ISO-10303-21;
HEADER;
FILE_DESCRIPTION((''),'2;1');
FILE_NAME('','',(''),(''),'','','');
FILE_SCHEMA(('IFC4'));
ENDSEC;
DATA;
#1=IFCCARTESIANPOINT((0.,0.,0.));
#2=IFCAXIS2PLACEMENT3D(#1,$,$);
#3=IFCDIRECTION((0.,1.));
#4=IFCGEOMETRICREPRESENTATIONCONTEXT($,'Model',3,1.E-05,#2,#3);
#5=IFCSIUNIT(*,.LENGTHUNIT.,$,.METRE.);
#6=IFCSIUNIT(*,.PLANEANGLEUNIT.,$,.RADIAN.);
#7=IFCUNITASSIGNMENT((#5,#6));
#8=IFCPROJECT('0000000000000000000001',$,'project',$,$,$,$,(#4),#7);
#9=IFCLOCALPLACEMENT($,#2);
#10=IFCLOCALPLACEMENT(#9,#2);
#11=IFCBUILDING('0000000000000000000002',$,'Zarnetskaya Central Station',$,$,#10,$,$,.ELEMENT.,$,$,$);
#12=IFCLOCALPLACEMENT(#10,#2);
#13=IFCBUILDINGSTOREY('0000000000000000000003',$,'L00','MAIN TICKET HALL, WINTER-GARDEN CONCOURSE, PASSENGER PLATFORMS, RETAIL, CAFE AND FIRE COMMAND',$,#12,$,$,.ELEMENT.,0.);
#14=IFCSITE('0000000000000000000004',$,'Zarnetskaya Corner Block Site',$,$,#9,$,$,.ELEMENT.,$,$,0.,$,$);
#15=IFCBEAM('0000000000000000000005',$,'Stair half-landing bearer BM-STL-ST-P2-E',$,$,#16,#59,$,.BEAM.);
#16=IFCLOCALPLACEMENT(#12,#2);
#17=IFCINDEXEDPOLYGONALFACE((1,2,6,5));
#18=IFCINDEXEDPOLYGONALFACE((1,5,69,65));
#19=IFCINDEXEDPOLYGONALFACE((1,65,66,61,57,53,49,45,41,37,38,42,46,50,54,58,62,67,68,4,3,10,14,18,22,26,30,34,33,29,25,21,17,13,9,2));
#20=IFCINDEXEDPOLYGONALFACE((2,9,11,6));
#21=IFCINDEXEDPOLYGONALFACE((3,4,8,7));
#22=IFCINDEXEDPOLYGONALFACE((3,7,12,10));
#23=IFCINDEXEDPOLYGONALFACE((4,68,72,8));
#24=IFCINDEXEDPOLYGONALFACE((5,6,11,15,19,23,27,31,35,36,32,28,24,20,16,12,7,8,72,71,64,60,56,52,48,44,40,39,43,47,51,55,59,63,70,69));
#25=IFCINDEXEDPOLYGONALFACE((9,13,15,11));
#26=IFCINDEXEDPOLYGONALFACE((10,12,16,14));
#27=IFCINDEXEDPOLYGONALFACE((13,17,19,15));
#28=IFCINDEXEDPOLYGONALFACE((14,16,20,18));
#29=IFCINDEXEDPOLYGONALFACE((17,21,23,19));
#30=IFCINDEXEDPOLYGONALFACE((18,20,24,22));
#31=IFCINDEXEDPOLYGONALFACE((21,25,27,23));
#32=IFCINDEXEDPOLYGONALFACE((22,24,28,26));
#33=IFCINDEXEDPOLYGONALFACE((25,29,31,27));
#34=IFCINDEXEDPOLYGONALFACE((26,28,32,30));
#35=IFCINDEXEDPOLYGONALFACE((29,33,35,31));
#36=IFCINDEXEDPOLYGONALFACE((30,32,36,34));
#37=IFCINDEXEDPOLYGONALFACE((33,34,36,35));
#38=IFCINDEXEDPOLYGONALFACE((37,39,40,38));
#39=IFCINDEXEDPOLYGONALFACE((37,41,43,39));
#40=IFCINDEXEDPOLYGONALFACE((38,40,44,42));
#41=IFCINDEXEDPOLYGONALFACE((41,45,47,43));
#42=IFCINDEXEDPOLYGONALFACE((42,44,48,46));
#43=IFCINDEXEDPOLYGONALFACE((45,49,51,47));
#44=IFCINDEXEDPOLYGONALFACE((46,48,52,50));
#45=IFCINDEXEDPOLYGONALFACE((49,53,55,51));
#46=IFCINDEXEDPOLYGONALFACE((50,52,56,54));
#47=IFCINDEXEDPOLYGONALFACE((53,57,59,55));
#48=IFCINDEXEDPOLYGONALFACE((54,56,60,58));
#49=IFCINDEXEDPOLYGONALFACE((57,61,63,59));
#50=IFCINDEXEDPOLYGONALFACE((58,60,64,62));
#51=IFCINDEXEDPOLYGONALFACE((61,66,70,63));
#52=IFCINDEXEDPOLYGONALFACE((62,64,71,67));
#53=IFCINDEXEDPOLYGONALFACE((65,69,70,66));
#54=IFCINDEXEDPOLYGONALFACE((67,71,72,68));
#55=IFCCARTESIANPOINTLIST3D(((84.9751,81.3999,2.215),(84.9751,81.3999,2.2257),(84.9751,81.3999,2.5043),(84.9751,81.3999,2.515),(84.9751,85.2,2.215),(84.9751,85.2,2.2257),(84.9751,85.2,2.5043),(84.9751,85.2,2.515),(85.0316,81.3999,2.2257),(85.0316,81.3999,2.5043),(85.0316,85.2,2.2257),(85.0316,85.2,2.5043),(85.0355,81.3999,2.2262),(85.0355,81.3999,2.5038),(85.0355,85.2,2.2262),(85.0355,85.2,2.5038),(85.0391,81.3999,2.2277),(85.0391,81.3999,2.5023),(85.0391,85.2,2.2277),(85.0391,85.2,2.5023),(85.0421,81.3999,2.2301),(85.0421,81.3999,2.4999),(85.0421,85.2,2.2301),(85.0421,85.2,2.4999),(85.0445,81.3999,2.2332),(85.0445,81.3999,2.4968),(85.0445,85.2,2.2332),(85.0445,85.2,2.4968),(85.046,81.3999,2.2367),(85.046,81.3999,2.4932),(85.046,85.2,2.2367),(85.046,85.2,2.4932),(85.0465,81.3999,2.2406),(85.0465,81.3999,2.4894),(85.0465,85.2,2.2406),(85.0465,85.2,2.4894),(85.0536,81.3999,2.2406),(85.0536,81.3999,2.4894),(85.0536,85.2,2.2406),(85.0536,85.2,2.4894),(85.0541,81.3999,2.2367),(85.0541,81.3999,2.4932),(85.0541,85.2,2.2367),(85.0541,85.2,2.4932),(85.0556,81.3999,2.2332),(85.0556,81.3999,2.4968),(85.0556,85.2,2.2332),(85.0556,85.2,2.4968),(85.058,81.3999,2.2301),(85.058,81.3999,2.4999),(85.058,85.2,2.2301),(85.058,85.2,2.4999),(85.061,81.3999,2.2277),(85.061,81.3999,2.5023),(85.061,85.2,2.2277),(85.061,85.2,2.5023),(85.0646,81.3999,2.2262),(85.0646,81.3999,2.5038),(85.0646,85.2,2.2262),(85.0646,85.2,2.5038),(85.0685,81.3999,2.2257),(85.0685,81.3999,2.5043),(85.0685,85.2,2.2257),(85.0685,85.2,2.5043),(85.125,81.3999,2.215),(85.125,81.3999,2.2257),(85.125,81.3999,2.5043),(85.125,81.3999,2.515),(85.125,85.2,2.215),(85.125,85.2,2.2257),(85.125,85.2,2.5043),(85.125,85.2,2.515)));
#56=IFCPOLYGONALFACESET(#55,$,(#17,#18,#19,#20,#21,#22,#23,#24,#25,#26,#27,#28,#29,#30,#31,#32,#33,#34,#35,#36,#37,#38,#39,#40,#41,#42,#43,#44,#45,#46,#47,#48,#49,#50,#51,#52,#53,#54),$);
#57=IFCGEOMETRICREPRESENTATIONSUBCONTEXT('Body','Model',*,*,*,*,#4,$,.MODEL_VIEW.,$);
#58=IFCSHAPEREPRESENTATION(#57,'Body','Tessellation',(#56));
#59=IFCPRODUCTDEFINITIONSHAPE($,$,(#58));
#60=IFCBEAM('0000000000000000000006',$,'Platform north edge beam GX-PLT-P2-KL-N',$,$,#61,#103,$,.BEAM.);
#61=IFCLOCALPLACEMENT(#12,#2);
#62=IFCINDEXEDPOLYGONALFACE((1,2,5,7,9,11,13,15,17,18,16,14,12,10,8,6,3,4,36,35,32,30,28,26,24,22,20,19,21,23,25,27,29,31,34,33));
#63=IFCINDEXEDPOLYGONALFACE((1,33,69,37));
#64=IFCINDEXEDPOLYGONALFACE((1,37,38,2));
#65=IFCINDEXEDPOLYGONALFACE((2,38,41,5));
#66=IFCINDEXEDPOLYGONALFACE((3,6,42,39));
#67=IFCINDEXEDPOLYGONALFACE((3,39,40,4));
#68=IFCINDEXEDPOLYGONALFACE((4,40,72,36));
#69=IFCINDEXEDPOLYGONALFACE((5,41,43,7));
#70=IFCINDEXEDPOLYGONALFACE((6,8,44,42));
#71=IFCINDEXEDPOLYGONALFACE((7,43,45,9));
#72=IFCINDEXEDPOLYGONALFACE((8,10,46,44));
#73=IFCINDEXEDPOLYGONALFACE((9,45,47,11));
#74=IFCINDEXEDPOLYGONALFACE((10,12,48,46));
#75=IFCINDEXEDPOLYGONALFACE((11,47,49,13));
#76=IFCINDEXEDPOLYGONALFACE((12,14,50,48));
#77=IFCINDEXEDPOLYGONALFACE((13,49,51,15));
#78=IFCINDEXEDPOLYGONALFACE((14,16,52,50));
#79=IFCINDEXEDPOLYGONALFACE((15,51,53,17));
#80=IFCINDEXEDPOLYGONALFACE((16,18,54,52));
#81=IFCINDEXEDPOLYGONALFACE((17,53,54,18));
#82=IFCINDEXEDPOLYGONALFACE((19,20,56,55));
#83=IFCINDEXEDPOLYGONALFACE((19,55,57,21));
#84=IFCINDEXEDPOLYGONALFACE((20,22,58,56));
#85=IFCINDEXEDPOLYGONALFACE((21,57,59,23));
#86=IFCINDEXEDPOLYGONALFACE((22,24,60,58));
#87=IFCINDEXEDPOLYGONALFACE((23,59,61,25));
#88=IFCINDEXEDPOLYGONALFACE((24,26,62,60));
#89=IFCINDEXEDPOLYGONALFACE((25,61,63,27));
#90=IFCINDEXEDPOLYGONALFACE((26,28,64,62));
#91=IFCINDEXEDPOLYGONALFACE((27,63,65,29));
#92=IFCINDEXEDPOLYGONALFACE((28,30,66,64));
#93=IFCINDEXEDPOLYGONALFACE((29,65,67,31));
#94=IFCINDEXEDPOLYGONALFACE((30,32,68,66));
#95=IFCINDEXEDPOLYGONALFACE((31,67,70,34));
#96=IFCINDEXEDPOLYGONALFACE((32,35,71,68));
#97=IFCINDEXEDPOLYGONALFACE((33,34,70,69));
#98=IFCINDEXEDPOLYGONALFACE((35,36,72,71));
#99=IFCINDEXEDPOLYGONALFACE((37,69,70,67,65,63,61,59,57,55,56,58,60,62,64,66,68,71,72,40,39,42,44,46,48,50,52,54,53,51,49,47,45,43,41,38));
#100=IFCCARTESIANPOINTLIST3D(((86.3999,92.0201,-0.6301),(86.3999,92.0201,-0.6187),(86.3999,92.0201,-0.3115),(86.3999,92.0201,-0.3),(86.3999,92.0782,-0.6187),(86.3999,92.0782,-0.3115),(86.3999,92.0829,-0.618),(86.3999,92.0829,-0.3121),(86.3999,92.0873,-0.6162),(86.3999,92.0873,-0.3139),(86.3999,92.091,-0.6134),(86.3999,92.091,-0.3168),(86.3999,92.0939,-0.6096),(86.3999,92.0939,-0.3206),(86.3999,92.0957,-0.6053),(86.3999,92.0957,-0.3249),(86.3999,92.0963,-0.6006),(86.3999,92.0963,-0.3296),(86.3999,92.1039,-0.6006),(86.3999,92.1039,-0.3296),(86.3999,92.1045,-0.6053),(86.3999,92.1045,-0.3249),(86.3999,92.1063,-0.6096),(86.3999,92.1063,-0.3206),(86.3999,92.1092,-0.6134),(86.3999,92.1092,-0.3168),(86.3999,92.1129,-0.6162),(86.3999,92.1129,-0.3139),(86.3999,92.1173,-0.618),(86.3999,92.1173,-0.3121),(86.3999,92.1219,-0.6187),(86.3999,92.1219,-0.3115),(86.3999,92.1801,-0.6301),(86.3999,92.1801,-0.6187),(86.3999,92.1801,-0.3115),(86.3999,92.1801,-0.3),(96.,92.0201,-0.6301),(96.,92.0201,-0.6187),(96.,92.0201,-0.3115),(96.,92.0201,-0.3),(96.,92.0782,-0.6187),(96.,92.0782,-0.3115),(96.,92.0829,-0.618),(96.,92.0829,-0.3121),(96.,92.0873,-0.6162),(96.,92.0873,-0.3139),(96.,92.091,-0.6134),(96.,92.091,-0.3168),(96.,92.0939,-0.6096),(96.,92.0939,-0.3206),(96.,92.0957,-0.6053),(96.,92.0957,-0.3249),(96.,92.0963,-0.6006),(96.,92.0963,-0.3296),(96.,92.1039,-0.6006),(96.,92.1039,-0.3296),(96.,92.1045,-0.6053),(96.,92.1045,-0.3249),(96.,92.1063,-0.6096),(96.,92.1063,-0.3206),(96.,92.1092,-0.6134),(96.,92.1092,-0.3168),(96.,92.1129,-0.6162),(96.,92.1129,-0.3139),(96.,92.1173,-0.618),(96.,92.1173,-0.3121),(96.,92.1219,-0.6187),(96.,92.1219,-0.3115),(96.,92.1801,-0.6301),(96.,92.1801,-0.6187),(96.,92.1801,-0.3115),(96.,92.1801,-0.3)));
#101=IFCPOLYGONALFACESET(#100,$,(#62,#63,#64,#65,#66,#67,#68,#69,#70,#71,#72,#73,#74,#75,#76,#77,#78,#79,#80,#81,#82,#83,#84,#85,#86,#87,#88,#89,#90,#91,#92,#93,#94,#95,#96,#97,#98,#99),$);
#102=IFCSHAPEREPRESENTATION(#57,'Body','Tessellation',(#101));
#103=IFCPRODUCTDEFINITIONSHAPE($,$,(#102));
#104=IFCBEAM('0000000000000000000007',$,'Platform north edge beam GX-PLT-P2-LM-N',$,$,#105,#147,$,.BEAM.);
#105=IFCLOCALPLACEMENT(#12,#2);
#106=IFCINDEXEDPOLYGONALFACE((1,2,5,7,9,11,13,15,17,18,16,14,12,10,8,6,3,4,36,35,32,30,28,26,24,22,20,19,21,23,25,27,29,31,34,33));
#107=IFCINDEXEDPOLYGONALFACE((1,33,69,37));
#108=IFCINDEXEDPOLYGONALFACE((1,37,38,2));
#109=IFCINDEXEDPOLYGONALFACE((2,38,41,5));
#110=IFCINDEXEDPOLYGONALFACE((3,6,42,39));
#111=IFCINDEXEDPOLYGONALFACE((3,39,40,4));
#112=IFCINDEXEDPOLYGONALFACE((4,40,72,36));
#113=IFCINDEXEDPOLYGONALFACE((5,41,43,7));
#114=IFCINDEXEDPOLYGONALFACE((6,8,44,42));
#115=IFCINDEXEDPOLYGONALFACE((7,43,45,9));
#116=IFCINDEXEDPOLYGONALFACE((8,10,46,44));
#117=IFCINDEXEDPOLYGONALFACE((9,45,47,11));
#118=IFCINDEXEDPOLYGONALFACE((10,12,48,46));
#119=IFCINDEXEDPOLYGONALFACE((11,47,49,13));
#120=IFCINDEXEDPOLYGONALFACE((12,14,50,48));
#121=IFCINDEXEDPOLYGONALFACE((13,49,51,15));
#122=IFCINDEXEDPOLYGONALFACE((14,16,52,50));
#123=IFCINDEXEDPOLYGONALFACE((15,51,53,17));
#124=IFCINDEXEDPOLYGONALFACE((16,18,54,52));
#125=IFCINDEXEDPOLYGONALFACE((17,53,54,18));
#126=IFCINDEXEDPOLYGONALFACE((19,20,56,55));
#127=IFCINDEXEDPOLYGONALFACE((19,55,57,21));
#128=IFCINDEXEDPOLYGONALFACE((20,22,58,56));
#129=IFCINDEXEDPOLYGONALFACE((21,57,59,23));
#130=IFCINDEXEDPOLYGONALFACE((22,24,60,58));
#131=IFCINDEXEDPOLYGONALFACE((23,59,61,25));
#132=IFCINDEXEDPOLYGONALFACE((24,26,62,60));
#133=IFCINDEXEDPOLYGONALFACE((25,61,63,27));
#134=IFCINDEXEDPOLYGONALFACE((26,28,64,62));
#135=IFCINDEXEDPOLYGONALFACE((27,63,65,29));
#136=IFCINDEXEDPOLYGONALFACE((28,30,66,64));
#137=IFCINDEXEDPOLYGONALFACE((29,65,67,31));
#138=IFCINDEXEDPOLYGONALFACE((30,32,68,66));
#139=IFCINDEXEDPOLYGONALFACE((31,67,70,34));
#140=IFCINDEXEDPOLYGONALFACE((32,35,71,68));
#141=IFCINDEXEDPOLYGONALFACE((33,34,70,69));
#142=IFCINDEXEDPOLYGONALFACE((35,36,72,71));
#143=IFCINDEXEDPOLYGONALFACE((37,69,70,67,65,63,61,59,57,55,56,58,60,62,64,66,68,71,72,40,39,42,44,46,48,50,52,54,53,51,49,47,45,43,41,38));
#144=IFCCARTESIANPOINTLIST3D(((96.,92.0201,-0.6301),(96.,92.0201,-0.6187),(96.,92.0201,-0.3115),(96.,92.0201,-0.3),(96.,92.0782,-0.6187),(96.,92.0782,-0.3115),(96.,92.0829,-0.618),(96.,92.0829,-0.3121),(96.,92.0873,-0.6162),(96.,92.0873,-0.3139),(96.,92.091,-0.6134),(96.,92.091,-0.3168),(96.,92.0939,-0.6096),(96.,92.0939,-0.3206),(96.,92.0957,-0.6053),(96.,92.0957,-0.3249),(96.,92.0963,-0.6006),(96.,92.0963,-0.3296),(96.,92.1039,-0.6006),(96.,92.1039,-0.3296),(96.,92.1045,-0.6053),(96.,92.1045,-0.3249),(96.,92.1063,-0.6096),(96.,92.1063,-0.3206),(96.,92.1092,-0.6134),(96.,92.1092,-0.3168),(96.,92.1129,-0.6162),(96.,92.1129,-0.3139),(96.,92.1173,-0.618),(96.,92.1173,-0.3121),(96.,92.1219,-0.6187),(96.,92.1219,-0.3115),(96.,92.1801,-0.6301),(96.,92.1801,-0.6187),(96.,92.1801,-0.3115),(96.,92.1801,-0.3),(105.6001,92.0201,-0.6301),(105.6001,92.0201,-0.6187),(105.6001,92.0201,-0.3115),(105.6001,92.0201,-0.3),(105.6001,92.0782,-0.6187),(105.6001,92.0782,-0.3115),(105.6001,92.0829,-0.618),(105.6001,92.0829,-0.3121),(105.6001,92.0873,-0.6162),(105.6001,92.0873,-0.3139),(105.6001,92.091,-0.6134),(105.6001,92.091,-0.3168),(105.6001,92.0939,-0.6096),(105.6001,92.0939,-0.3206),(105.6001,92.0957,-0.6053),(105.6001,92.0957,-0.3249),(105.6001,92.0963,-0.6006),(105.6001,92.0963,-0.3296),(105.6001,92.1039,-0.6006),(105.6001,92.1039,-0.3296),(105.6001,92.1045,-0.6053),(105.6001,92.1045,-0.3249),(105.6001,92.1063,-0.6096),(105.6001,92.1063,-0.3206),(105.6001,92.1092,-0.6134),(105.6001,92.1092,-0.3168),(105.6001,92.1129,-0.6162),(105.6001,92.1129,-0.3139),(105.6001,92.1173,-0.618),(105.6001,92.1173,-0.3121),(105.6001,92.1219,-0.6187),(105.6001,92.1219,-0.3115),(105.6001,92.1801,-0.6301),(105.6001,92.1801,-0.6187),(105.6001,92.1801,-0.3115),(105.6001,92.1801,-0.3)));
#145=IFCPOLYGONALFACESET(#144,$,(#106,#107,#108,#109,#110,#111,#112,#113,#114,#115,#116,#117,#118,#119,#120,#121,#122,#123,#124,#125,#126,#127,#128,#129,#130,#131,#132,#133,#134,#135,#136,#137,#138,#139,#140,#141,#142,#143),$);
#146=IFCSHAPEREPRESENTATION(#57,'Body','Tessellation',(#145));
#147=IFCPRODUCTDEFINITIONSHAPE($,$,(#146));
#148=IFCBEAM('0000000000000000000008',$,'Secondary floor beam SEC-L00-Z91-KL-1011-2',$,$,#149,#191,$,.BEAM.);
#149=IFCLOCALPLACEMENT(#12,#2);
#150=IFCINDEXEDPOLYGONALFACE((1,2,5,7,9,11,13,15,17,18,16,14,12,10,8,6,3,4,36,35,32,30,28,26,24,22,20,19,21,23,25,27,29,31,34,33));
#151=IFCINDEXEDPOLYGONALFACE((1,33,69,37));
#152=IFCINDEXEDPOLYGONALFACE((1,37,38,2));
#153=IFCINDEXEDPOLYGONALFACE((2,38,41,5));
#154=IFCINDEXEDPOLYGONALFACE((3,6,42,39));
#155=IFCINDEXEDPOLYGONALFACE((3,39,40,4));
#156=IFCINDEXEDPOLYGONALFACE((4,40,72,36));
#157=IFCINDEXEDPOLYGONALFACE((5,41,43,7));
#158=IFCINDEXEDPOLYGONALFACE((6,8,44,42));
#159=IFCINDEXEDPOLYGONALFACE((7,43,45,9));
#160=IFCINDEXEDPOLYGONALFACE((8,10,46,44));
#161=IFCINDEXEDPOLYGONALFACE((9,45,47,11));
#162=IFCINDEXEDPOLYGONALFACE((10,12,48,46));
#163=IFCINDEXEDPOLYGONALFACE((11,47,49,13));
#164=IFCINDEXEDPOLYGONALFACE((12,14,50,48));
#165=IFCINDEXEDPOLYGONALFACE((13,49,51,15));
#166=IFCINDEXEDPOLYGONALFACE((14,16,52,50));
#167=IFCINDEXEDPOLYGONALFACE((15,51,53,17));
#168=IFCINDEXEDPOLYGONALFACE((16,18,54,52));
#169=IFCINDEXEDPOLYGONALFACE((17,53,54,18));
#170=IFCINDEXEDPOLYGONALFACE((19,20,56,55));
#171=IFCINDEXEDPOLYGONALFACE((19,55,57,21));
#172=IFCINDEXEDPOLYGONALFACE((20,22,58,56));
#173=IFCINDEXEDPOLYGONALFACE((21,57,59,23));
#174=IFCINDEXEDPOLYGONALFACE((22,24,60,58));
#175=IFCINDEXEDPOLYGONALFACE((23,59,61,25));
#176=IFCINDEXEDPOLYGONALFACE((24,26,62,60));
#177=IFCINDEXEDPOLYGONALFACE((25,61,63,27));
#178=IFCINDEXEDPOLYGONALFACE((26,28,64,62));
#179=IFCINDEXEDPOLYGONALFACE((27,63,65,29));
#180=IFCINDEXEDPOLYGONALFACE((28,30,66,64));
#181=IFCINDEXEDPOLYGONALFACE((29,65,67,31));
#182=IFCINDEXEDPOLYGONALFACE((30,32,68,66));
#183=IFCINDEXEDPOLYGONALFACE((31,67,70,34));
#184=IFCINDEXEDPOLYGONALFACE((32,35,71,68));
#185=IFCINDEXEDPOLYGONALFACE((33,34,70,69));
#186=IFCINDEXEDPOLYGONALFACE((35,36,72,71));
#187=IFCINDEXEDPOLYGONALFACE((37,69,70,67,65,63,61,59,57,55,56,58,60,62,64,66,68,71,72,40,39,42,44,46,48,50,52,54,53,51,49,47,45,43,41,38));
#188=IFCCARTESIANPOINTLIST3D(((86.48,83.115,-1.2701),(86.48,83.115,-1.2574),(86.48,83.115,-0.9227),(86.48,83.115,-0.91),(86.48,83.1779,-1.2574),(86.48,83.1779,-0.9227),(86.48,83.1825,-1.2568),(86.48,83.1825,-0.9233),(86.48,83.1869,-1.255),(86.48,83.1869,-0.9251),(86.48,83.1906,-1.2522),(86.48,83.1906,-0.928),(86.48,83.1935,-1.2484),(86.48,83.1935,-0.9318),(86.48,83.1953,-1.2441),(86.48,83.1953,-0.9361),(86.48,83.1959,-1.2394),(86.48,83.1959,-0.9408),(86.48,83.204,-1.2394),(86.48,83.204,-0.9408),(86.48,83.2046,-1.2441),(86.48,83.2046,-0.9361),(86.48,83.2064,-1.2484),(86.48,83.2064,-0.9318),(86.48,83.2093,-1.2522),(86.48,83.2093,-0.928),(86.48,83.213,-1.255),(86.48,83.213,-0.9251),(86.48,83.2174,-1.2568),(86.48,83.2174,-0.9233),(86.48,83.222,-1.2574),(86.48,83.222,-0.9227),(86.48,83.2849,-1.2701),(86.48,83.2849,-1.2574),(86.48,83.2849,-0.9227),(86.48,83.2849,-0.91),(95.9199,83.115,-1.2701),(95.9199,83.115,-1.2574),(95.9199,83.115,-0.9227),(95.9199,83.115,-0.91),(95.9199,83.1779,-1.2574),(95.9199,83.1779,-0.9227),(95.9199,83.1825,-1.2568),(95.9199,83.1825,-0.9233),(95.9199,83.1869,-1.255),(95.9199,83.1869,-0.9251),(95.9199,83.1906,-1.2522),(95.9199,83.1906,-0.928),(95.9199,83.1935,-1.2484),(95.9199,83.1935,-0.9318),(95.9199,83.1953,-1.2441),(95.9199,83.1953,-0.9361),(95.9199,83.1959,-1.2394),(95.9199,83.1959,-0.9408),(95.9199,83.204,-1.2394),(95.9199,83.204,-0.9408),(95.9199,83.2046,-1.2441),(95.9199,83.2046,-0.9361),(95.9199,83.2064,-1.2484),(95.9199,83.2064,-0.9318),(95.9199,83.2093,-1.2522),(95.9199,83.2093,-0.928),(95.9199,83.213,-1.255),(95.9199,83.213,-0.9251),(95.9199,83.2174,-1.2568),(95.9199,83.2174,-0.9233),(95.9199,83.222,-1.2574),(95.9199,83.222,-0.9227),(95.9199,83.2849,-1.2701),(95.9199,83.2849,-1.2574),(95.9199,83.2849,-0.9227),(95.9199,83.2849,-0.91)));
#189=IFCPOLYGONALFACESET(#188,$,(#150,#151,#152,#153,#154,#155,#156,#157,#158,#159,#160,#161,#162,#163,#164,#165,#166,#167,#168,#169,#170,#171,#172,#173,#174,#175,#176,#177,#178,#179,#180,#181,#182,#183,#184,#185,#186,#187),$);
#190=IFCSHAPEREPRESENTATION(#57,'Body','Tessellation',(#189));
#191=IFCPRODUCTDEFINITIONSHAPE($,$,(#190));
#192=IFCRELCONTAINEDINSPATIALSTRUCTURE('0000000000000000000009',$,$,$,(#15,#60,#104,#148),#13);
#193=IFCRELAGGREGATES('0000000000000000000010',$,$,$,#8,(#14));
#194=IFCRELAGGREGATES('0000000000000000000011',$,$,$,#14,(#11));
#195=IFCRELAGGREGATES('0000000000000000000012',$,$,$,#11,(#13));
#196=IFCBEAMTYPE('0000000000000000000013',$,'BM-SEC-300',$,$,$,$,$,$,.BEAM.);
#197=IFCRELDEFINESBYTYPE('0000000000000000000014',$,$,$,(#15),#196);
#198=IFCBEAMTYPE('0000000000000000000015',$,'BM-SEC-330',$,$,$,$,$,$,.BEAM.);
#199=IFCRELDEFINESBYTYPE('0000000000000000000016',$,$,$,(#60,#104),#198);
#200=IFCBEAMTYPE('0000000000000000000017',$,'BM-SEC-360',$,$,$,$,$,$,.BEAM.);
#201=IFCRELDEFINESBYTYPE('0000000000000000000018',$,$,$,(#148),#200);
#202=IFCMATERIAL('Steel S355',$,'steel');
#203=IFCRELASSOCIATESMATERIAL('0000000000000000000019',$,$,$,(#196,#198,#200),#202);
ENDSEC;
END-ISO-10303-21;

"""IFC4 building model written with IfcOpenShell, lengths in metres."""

from ifc_helpers import new_model, si_unit, direction, frame, origin, origin_2d, place, context, subcontext, project, spatial, i_section, extrude, material, material_profile, profile_set, type_object, element, save


model = new_model("IFC4")

# Units and contexts
model_context = context("Model", 3, precision=1e-05, world=origin(), true_north=direction((0.0, 1.0)))
body_context = subcontext(model_context, "Body", "Model", "MODEL_VIEW")
ifc_project = project(units=[si_unit("LENGTHUNIT", "METRE"), si_unit("PLANEANGLEUNIT", "RADIAN")], contexts=[model_context])

# Site, building, storey
site_placement = place(None, origin())
site = spatial("IfcSite", under=ifc_project, at=site_placement, Name="Zarnetskaya Corner Block Site", CompositionType="ELEMENT", RefElevation=0.0)
building_placement = place(site_placement, origin())
building = spatial("IfcBuilding", under=site, at=building_placement, Name="Zarnetskaya Central Station", CompositionType="ELEMENT")
storey_placement = place(building_placement, origin())
storey = spatial("IfcBuildingStorey", under=building, at=storey_placement, Name="L00", Description="MAIN TICKET HALL, WINTER-GARDEN CONCOURSE, PASSENGER PLATFORMS, RETAIL, CAFE AND FIRE COMMAND", CompositionType="ELEMENT", Elevation=0.0)

# Shared definitions
ifc_material_1 = material(Name="Steel S355", Category="steel")

# Beams
ifc_material_profile_1 = material_profile(ifc_material_1, i_section(OverallWidth=0.1499, OverallDepth=0.3, WebThickness=0.0071, FlangeThickness=0.0107, FilletRadius=0.0149, at=origin_2d()), Name="IPE 300")
ifc_profile_set_1 = profile_set([ifc_material_profile_1], Name="Steel S355")
beam_type_1 = type_object("IfcBeamType", Name="BM-SEC-300", PredefinedType="BEAM", material=ifc_profile_set_1)
beam_placement = place(storey_placement, frame((85.05, 81.3999, 2.365), z_axis=(0.0, 1.0, 0.0), x_axis=(-1.0, 0.0, 0.0)))
element("IfcBeam", 1, at=beam_placement, inside=storey, type_object=beam_type_1, Name="Stair half-landing bearer BM-STL-ST-P2-E", PredefinedType="BEAM", context=body_context, shape_type="SweptSolid", body=[
    extrude(i_section(OverallWidth=0.1499, OverallDepth=0.3, WebThickness=0.0071, FlangeThickness=0.0107, FilletRadius=0.0149, at=origin_2d()), origin(), (0.0, 0.0, 1.0), 3.8),
])
ifc_material_profile_2 = material_profile(ifc_material_1, i_section(OverallWidth=0.1599, OverallDepth=0.3301, WebThickness=0.0076, FlangeThickness=0.0115, FilletRadius=0.0181, at=origin_2d()), Name="IPE 330")
ifc_profile_set_2 = profile_set([ifc_material_profile_2], Name="Steel S355")
beam_type_2 = type_object("IfcBeamType", Name="BM-SEC-330", PredefinedType="BEAM", material=ifc_profile_set_2)
for number, where, z_axis, x_axis, name in (
    (2, (86.3999, 92.1001, -0.4651), (1.0, 0.0, 0.0), (0.0, 1.0, 0.0), "Platform north edge beam GX-PLT-P2-KL-N"),
    (3, (96.0, 92.1001, -0.4651), (1.0, 0.0, 0.0), (0.0, 1.0, 0.0), "Platform north edge beam GX-PLT-P2-LM-N"),
):
    element("IfcBeam", number, at=place(storey_placement, frame(where, z_axis=z_axis, x_axis=x_axis)), inside=storey, type_object=beam_type_2, Name=name, PredefinedType="BEAM", context=body_context, shape_type="SweptSolid", body=[
        extrude(i_section(OverallWidth=0.1599, OverallDepth=0.3301, WebThickness=0.0076, FlangeThickness=0.0115, FilletRadius=0.0181, at=origin_2d()), origin(), (0.0, 0.0, 1.0), 9.6001),
    ])
ifc_material_profile_3 = material_profile(ifc_material_1, i_section(OverallWidth=0.1699, OverallDepth=0.3601, WebThickness=0.0081, FlangeThickness=0.0127, FilletRadius=0.0181, at=origin_2d()), Name="IPE 360")
ifc_profile_set_3 = profile_set([ifc_material_profile_3], Name="Steel S355")
beam_type_3 = type_object("IfcBeamType", Name="BM-SEC-360", PredefinedType="BEAM", material=ifc_profile_set_3)
for number, where, z_axis, x_axis, name in (
    (4, (86.48, 83.2, -1.0901), (1.0, 0.0, 0.0), (0.0, 1.0, 0.0), "Secondary floor beam SEC-L00-Z91-KL-1011-2"),
):
    element("IfcBeam", number, at=place(storey_placement, frame(where, z_axis=z_axis, x_axis=x_axis)), inside=storey, type_object=beam_type_3, Name=name, PredefinedType="BEAM", context=body_context, shape_type="SweptSolid", body=[
        extrude(i_section(OverallWidth=0.1699, OverallDepth=0.3601, WebThickness=0.0081, FlangeThickness=0.0127, FilletRadius=0.0181, at=origin_2d()), origin(), (0.0, 0.0, 1.0), 9.4399),
    ])

save(model, "model.ifc")
